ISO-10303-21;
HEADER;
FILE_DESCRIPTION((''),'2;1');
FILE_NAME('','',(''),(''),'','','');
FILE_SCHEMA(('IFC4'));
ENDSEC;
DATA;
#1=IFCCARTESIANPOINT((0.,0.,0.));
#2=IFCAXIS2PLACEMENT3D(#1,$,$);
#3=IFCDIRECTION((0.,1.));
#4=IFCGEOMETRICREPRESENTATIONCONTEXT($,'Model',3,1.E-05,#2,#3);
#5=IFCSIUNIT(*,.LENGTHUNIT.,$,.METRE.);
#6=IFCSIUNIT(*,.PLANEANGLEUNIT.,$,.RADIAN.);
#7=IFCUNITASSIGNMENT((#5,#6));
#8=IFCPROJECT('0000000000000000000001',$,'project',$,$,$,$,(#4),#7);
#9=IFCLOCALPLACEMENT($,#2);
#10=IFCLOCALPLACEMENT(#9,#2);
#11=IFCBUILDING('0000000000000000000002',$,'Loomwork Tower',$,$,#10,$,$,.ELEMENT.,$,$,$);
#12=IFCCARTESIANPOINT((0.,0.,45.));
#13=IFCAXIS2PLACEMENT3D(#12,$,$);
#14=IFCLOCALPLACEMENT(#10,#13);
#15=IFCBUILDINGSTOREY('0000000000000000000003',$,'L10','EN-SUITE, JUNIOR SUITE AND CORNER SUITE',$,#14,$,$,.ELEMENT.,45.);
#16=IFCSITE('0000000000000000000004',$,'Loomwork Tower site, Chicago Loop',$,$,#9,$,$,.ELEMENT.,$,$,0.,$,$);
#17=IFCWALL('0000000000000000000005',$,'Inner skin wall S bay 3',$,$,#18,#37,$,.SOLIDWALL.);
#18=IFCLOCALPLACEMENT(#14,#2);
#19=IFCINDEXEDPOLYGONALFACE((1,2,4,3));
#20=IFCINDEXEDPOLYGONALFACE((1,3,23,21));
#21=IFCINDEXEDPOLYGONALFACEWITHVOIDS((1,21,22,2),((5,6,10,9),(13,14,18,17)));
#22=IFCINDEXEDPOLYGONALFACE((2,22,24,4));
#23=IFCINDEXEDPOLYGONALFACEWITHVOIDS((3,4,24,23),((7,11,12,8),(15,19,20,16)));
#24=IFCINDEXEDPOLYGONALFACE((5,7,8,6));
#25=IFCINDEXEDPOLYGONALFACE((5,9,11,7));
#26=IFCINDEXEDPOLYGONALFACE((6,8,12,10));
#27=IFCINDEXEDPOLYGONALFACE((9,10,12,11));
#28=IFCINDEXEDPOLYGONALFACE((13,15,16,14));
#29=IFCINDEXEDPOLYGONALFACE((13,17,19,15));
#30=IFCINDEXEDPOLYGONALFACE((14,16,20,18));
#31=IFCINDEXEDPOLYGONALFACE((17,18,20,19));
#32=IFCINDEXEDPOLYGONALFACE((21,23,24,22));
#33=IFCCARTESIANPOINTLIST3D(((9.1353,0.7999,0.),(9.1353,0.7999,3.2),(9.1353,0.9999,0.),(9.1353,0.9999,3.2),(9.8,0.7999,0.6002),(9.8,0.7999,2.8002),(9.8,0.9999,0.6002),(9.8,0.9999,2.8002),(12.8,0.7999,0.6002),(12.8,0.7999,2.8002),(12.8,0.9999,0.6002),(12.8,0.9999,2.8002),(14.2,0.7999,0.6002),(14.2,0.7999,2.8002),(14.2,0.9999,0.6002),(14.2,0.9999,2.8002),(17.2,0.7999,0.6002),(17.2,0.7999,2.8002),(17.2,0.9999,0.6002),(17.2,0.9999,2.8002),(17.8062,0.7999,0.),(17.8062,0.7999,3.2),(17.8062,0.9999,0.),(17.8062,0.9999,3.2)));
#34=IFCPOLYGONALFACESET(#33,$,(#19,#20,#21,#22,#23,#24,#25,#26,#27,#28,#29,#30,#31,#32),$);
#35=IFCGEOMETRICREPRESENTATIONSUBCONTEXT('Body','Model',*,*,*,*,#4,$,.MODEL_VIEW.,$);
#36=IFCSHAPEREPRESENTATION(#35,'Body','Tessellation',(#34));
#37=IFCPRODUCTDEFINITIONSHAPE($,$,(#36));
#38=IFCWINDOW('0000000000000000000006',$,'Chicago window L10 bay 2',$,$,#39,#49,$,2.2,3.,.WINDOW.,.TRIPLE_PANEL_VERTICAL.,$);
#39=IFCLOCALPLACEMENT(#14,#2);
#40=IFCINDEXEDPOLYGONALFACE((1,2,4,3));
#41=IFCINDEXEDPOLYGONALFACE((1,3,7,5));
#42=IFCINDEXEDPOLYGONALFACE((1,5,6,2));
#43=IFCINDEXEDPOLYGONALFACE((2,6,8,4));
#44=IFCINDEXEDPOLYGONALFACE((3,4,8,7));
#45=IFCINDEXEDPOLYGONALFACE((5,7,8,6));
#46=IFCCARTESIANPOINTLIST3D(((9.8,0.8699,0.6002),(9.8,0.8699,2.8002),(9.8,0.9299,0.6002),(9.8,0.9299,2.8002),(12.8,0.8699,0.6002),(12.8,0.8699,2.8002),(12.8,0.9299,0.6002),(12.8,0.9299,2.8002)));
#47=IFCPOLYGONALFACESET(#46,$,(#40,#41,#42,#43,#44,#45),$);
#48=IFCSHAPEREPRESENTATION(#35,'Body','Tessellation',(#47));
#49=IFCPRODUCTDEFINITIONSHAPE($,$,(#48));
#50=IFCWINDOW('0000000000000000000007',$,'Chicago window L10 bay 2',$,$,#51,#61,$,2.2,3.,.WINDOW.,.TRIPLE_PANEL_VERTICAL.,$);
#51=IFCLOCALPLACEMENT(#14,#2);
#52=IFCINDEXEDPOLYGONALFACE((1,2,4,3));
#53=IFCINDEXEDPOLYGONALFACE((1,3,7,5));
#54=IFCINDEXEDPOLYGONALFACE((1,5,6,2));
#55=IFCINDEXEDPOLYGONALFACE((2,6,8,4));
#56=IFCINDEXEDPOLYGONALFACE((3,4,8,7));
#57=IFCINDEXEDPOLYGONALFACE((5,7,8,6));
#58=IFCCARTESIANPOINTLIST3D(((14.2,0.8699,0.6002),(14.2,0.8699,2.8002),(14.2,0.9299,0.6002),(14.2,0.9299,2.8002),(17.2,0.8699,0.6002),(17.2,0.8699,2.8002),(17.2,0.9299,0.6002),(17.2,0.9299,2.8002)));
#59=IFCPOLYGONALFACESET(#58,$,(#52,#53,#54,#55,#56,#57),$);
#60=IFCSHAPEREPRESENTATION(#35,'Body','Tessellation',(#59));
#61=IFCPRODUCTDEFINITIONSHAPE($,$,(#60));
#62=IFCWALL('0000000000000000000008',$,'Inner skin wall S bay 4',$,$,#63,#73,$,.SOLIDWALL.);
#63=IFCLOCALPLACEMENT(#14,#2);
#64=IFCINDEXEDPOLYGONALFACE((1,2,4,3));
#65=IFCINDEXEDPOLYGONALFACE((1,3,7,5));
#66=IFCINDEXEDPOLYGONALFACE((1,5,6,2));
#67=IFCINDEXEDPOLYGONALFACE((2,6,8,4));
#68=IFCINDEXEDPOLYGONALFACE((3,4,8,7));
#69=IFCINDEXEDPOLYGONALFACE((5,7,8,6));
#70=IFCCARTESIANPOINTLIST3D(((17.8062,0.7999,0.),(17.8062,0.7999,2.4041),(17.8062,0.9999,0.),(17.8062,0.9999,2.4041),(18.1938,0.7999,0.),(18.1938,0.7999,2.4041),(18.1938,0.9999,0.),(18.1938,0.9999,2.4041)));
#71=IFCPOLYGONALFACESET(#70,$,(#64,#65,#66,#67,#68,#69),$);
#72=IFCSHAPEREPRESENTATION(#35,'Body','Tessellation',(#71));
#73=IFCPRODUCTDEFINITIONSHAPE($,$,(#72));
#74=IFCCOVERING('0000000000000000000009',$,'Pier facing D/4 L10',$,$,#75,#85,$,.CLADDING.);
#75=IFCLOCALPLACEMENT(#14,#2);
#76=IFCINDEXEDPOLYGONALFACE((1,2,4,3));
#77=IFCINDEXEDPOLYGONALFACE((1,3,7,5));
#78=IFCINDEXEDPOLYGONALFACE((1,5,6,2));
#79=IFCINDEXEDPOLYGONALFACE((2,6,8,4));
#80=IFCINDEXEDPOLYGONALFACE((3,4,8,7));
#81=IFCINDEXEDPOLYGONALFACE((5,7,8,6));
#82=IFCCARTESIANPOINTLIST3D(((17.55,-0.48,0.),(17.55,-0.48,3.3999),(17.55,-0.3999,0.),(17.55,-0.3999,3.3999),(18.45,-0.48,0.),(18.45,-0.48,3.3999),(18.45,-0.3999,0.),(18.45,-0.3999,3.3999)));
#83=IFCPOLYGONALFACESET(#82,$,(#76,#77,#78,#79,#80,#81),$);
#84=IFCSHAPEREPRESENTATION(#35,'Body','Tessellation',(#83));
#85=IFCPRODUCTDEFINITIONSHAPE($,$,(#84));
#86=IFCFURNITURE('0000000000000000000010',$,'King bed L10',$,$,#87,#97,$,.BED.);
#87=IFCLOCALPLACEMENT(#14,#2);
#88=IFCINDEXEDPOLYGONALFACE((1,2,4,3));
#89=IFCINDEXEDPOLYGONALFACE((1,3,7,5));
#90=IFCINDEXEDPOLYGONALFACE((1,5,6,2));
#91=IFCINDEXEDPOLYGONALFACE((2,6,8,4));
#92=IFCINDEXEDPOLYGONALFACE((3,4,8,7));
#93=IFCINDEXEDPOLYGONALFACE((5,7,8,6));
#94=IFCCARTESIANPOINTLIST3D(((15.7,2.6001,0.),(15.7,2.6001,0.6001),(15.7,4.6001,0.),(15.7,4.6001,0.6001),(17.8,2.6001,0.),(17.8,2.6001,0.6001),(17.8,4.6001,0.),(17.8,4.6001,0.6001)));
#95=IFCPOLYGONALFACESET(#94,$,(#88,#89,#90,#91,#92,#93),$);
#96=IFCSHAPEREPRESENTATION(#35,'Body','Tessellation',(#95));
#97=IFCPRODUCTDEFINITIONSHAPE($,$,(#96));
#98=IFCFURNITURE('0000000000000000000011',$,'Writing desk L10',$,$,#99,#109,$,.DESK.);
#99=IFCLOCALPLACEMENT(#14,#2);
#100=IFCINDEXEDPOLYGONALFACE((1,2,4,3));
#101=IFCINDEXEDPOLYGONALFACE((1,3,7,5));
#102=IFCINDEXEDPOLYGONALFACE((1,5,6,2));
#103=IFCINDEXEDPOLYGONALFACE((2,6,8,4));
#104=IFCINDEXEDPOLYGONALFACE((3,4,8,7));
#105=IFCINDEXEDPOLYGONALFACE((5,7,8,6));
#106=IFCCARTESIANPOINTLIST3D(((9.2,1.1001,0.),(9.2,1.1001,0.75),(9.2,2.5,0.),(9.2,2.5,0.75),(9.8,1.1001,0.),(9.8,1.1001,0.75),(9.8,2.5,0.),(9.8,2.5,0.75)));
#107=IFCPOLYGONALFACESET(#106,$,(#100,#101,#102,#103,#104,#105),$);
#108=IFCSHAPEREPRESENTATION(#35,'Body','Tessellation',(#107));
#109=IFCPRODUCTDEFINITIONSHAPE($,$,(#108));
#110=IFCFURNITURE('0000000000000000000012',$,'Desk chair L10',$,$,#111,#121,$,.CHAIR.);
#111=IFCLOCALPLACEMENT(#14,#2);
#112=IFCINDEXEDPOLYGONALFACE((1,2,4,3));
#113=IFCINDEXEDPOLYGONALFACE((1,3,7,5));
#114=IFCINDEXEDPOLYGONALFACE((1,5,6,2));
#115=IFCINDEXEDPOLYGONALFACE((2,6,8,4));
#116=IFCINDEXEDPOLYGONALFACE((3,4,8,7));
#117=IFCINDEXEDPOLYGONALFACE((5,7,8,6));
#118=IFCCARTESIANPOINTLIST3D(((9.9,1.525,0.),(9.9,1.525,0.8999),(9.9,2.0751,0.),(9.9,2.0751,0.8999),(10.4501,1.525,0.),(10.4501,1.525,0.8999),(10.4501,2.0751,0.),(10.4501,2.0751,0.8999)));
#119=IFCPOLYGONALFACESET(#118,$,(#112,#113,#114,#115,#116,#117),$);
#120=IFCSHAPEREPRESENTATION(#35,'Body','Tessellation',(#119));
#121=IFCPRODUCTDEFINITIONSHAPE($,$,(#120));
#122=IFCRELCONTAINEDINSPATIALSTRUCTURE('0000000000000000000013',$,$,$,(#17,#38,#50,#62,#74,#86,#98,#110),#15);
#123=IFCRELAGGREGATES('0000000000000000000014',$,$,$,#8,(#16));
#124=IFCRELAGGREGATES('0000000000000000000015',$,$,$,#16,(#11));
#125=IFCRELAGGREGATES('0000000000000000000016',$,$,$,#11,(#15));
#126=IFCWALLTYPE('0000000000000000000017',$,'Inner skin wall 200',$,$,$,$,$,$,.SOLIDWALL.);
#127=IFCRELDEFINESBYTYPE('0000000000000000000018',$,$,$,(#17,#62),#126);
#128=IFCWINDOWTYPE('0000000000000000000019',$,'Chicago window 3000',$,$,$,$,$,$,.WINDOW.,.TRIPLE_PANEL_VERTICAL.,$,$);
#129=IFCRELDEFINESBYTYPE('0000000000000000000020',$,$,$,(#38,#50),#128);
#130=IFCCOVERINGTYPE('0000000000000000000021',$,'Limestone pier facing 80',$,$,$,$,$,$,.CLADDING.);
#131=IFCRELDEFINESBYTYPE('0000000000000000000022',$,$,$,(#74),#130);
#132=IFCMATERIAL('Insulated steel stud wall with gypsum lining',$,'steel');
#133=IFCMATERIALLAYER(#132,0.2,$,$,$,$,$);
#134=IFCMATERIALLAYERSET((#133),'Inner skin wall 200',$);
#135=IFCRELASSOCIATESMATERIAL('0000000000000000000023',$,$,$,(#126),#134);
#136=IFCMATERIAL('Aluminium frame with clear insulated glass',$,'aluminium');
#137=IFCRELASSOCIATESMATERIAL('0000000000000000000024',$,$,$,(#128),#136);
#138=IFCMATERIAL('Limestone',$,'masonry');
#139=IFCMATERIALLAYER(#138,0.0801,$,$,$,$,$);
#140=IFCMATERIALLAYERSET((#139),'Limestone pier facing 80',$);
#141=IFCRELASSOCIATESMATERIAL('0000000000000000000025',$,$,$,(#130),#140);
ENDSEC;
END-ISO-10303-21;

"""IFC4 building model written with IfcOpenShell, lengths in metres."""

from ifc_helpers import new_model, si_unit, direction, frame, frame_2d, origin, origin_2d, place, context, subcontext, project, spatial, rectangle, extrude, material, layer, layer_set, type_object, element, fill, save


model = new_model("IFC4")

# Units and contexts
model_context = context("Model", 3, precision=1e-05, world=origin(), true_north=direction((0.0, 1.0)))
body_context = subcontext(model_context, "Body", "Model", "MODEL_VIEW")
ifc_project = project(units=[si_unit("LENGTHUNIT", "METRE"), si_unit("PLANEANGLEUNIT", "RADIAN")], contexts=[model_context])

# Site, building, storey
site_placement = place(None, origin())
site = spatial("IfcSite", under=ifc_project, at=site_placement, Name="Loomwork Tower site, Chicago Loop", CompositionType="ELEMENT", RefElevation=0.0)
building_placement = place(site_placement, origin())
building = spatial("IfcBuilding", under=site, at=building_placement, Name="Loomwork Tower", CompositionType="ELEMENT")
storey_placement = place(building_placement, frame((0.0, 0.0, 45.0)))
storey = spatial("IfcBuildingStorey", under=building, at=storey_placement, Name="L10", Description="EN-SUITE, JUNIOR SUITE AND CORNER SUITE", CompositionType="ELEMENT", Elevation=45.0)

# Wall, openings, windows
ifc_material_1 = material(Name="Insulated steel stud wall with gypsum lining", Category="steel")
ifc_layer_1 = layer(ifc_material_1, 0.2)
ifc_layer_set_1 = layer_set([ifc_layer_1], Name="Inner skin wall 200")
wall_type = type_object("IfcWallType", Name="Inner skin wall 200", PredefinedType="SOLIDWALL", material=ifc_layer_set_1)
wall_1_placement = place(storey_placement, frame((9.1353, 0.8999, 0.0), z_axis=(0.0, 0.0, 1.0), x_axis=(1.0, 0.0, 0.0)))
wall_1 = element("IfcWall", 1, at=wall_1_placement, inside=storey, type_object=wall_type, Name="Inner skin wall S bay 3", PredefinedType="SOLIDWALL", context=body_context, shape_type="SweptSolid", body=[
    extrude(rectangle(XDim=8.6709, YDim=0.2, at=frame_2d((4.3354, 0.0))), origin(), (0.0, 0.0, 1.0), 3.2),
])
opening_1_placement = place(wall_1_placement, frame((0.6648, 0.0, 0.6001)))
opening_1 = element("IfcOpeningElement", 2, at=opening_1_placement, cuts=wall_1, PredefinedType="OPENING", context=body_context, shape_type="SweptSolid", body=[
    extrude(rectangle(XDim=3.0, YDim=2.2, at=frame_2d((1.5, 1.1001))), frame((0.0, 0.1099, 0.0), z_axis=(0.0, -1.0, 0.0), x_axis=(1.0, 0.0, 0.0)), (0.0, 0.0, 1.0), 0.22),
])
opening_2_placement = place(wall_1_placement, frame((5.0647, 0.0, 0.6001)))
opening_2 = element("IfcOpeningElement", 3, at=opening_2_placement, cuts=wall_1, PredefinedType="OPENING", context=body_context, shape_type="SweptSolid", body=[
    extrude(rectangle(XDim=3.0, YDim=2.2, at=frame_2d((1.5, 1.1001))), frame((0.0, 0.1099, 0.0), z_axis=(0.0, -1.0, 0.0), x_axis=(1.0, 0.0, 0.0)), (0.0, 0.0, 1.0), 0.22),
])
ifc_material_2 = material(Name="Aluminium frame with clear insulated glass", Category="aluminium")
window_type = type_object("IfcWindowType", Name="Chicago window 3000", PartitioningType="TRIPLE_PANEL_VERTICAL", PredefinedType="WINDOW", material=ifc_material_2)
window_1_placement = place(opening_1_placement, origin())
window_1 = element("IfcWindow", 4, at=window_1_placement, inside=storey, type_object=window_type, Name="Chicago window L10 bay 2", OverallHeight=2.2, OverallWidth=3.0, PartitioningType="TRIPLE_PANEL_VERTICAL", PredefinedType="WINDOW", context=body_context, shape_type="SweptSolid", body=[
    extrude(rectangle(XDim=3.0, YDim=2.2, at=frame_2d((1.5, 1.1001))), frame((0.0, 0.03, 0.0), z_axis=(0.0, -1.0, 0.0), x_axis=(1.0, 0.0, 0.0)), (0.0, 0.0, 1.0), 0.0601),
])
fill(opening_1, window_1)
window_2_placement = place(opening_2_placement, origin())
window_2 = element("IfcWindow", 5, at=window_2_placement, inside=storey, type_object=window_type, Name="Chicago window L10 bay 2", OverallHeight=2.2, OverallWidth=3.0, PartitioningType="TRIPLE_PANEL_VERTICAL", PredefinedType="WINDOW", context=body_context, shape_type="SweptSolid", body=[
    extrude(rectangle(XDim=3.0, YDim=2.2, at=frame_2d((1.5, 1.1001))), frame((0.0, 0.03, 0.0), z_axis=(0.0, -1.0, 0.0), x_axis=(1.0, 0.0, 0.0)), (0.0, 0.0, 1.0), 0.0601),
])
fill(opening_2, window_2)

# Wall
wall_2_placement = place(storey_placement, frame((17.8062, 0.8999, 0.0), z_axis=(0.0, 0.0, 1.0), x_axis=(1.0, 0.0, 0.0)))
element("IfcWall", 6, at=wall_2_placement, inside=storey, type_object=wall_type, Name="Inner skin wall S bay 4", PredefinedType="SOLIDWALL", context=body_context, shape_type="SweptSolid", body=[
    extrude(rectangle(XDim=0.3877, YDim=0.2, at=frame_2d((0.1938, 0.0))), origin(), (0.0, 0.0, 1.0), 2.4041),
])

# Covering
ifc_material_3 = material(Name="Limestone", Category="masonry")
ifc_layer_2 = layer(ifc_material_3, 0.0801)
ifc_layer_set_2 = layer_set([ifc_layer_2], Name="Limestone pier facing 80")
covering_type = type_object("IfcCoveringType", Name="Limestone pier facing 80", PredefinedType="CLADDING", material=ifc_layer_set_2)
covering_placement = place(storey_placement, frame((18.0, -0.4399, 0.0), z_axis=(0.0, 0.0, 1.0), x_axis=(1.0, 0.0, 0.0)))
element("IfcCovering", 7, at=covering_placement, inside=storey, type_object=covering_type, Name="Pier facing D/4 L10", PredefinedType="CLADDING", context=body_context, shape_type="SweptSolid", body=[
    extrude(rectangle(XDim=0.8999, YDim=0.0801, at=origin_2d()), origin(), (0.0, 0.0, 1.0), 3.3999),
])

# Furniture
furniture_1_placement = place(storey_placement, frame((16.75, 3.6001, 0.0), z_axis=(0.0, 0.0, 1.0), x_axis=(1.0, 0.0, 0.0)))
element("IfcFurniture", 8, at=furniture_1_placement, inside=storey, Name="King bed L10", PredefinedType="BED", context=body_context, shape_type="SweptSolid", body=[
    extrude(rectangle(XDim=2.1001, YDim=2.0, at=origin_2d()), origin(), (0.0, 0.0, 1.0), 0.6001),
])
furniture_2_placement = place(storey_placement, frame((9.5, 1.8, 0.0), z_axis=(0.0, 0.0, 1.0), x_axis=(1.0, 0.0, 0.0)))
element("IfcFurniture", 9, at=furniture_2_placement, inside=storey, Name="Writing desk L10", PredefinedType="DESK", context=body_context, shape_type="SweptSolid", body=[
    extrude(rectangle(XDim=0.6001, YDim=1.3999, at=origin_2d()), origin(), (0.0, 0.0, 1.0), 0.75),
])
furniture_3_placement = place(storey_placement, frame((10.175, 1.8, 0.0), z_axis=(0.0, 0.0, 1.0), x_axis=(1.0, 0.0, 0.0)))
element("IfcFurniture", 10, at=furniture_3_placement, inside=storey, Name="Desk chair L10", PredefinedType="CHAIR", context=body_context, shape_type="SweptSolid", body=[
    extrude(rectangle(XDim=0.55, YDim=0.55, at=origin_2d()), origin(), (0.0, 0.0, 1.0), 0.8999),
])

save(model, "model.ifc")
